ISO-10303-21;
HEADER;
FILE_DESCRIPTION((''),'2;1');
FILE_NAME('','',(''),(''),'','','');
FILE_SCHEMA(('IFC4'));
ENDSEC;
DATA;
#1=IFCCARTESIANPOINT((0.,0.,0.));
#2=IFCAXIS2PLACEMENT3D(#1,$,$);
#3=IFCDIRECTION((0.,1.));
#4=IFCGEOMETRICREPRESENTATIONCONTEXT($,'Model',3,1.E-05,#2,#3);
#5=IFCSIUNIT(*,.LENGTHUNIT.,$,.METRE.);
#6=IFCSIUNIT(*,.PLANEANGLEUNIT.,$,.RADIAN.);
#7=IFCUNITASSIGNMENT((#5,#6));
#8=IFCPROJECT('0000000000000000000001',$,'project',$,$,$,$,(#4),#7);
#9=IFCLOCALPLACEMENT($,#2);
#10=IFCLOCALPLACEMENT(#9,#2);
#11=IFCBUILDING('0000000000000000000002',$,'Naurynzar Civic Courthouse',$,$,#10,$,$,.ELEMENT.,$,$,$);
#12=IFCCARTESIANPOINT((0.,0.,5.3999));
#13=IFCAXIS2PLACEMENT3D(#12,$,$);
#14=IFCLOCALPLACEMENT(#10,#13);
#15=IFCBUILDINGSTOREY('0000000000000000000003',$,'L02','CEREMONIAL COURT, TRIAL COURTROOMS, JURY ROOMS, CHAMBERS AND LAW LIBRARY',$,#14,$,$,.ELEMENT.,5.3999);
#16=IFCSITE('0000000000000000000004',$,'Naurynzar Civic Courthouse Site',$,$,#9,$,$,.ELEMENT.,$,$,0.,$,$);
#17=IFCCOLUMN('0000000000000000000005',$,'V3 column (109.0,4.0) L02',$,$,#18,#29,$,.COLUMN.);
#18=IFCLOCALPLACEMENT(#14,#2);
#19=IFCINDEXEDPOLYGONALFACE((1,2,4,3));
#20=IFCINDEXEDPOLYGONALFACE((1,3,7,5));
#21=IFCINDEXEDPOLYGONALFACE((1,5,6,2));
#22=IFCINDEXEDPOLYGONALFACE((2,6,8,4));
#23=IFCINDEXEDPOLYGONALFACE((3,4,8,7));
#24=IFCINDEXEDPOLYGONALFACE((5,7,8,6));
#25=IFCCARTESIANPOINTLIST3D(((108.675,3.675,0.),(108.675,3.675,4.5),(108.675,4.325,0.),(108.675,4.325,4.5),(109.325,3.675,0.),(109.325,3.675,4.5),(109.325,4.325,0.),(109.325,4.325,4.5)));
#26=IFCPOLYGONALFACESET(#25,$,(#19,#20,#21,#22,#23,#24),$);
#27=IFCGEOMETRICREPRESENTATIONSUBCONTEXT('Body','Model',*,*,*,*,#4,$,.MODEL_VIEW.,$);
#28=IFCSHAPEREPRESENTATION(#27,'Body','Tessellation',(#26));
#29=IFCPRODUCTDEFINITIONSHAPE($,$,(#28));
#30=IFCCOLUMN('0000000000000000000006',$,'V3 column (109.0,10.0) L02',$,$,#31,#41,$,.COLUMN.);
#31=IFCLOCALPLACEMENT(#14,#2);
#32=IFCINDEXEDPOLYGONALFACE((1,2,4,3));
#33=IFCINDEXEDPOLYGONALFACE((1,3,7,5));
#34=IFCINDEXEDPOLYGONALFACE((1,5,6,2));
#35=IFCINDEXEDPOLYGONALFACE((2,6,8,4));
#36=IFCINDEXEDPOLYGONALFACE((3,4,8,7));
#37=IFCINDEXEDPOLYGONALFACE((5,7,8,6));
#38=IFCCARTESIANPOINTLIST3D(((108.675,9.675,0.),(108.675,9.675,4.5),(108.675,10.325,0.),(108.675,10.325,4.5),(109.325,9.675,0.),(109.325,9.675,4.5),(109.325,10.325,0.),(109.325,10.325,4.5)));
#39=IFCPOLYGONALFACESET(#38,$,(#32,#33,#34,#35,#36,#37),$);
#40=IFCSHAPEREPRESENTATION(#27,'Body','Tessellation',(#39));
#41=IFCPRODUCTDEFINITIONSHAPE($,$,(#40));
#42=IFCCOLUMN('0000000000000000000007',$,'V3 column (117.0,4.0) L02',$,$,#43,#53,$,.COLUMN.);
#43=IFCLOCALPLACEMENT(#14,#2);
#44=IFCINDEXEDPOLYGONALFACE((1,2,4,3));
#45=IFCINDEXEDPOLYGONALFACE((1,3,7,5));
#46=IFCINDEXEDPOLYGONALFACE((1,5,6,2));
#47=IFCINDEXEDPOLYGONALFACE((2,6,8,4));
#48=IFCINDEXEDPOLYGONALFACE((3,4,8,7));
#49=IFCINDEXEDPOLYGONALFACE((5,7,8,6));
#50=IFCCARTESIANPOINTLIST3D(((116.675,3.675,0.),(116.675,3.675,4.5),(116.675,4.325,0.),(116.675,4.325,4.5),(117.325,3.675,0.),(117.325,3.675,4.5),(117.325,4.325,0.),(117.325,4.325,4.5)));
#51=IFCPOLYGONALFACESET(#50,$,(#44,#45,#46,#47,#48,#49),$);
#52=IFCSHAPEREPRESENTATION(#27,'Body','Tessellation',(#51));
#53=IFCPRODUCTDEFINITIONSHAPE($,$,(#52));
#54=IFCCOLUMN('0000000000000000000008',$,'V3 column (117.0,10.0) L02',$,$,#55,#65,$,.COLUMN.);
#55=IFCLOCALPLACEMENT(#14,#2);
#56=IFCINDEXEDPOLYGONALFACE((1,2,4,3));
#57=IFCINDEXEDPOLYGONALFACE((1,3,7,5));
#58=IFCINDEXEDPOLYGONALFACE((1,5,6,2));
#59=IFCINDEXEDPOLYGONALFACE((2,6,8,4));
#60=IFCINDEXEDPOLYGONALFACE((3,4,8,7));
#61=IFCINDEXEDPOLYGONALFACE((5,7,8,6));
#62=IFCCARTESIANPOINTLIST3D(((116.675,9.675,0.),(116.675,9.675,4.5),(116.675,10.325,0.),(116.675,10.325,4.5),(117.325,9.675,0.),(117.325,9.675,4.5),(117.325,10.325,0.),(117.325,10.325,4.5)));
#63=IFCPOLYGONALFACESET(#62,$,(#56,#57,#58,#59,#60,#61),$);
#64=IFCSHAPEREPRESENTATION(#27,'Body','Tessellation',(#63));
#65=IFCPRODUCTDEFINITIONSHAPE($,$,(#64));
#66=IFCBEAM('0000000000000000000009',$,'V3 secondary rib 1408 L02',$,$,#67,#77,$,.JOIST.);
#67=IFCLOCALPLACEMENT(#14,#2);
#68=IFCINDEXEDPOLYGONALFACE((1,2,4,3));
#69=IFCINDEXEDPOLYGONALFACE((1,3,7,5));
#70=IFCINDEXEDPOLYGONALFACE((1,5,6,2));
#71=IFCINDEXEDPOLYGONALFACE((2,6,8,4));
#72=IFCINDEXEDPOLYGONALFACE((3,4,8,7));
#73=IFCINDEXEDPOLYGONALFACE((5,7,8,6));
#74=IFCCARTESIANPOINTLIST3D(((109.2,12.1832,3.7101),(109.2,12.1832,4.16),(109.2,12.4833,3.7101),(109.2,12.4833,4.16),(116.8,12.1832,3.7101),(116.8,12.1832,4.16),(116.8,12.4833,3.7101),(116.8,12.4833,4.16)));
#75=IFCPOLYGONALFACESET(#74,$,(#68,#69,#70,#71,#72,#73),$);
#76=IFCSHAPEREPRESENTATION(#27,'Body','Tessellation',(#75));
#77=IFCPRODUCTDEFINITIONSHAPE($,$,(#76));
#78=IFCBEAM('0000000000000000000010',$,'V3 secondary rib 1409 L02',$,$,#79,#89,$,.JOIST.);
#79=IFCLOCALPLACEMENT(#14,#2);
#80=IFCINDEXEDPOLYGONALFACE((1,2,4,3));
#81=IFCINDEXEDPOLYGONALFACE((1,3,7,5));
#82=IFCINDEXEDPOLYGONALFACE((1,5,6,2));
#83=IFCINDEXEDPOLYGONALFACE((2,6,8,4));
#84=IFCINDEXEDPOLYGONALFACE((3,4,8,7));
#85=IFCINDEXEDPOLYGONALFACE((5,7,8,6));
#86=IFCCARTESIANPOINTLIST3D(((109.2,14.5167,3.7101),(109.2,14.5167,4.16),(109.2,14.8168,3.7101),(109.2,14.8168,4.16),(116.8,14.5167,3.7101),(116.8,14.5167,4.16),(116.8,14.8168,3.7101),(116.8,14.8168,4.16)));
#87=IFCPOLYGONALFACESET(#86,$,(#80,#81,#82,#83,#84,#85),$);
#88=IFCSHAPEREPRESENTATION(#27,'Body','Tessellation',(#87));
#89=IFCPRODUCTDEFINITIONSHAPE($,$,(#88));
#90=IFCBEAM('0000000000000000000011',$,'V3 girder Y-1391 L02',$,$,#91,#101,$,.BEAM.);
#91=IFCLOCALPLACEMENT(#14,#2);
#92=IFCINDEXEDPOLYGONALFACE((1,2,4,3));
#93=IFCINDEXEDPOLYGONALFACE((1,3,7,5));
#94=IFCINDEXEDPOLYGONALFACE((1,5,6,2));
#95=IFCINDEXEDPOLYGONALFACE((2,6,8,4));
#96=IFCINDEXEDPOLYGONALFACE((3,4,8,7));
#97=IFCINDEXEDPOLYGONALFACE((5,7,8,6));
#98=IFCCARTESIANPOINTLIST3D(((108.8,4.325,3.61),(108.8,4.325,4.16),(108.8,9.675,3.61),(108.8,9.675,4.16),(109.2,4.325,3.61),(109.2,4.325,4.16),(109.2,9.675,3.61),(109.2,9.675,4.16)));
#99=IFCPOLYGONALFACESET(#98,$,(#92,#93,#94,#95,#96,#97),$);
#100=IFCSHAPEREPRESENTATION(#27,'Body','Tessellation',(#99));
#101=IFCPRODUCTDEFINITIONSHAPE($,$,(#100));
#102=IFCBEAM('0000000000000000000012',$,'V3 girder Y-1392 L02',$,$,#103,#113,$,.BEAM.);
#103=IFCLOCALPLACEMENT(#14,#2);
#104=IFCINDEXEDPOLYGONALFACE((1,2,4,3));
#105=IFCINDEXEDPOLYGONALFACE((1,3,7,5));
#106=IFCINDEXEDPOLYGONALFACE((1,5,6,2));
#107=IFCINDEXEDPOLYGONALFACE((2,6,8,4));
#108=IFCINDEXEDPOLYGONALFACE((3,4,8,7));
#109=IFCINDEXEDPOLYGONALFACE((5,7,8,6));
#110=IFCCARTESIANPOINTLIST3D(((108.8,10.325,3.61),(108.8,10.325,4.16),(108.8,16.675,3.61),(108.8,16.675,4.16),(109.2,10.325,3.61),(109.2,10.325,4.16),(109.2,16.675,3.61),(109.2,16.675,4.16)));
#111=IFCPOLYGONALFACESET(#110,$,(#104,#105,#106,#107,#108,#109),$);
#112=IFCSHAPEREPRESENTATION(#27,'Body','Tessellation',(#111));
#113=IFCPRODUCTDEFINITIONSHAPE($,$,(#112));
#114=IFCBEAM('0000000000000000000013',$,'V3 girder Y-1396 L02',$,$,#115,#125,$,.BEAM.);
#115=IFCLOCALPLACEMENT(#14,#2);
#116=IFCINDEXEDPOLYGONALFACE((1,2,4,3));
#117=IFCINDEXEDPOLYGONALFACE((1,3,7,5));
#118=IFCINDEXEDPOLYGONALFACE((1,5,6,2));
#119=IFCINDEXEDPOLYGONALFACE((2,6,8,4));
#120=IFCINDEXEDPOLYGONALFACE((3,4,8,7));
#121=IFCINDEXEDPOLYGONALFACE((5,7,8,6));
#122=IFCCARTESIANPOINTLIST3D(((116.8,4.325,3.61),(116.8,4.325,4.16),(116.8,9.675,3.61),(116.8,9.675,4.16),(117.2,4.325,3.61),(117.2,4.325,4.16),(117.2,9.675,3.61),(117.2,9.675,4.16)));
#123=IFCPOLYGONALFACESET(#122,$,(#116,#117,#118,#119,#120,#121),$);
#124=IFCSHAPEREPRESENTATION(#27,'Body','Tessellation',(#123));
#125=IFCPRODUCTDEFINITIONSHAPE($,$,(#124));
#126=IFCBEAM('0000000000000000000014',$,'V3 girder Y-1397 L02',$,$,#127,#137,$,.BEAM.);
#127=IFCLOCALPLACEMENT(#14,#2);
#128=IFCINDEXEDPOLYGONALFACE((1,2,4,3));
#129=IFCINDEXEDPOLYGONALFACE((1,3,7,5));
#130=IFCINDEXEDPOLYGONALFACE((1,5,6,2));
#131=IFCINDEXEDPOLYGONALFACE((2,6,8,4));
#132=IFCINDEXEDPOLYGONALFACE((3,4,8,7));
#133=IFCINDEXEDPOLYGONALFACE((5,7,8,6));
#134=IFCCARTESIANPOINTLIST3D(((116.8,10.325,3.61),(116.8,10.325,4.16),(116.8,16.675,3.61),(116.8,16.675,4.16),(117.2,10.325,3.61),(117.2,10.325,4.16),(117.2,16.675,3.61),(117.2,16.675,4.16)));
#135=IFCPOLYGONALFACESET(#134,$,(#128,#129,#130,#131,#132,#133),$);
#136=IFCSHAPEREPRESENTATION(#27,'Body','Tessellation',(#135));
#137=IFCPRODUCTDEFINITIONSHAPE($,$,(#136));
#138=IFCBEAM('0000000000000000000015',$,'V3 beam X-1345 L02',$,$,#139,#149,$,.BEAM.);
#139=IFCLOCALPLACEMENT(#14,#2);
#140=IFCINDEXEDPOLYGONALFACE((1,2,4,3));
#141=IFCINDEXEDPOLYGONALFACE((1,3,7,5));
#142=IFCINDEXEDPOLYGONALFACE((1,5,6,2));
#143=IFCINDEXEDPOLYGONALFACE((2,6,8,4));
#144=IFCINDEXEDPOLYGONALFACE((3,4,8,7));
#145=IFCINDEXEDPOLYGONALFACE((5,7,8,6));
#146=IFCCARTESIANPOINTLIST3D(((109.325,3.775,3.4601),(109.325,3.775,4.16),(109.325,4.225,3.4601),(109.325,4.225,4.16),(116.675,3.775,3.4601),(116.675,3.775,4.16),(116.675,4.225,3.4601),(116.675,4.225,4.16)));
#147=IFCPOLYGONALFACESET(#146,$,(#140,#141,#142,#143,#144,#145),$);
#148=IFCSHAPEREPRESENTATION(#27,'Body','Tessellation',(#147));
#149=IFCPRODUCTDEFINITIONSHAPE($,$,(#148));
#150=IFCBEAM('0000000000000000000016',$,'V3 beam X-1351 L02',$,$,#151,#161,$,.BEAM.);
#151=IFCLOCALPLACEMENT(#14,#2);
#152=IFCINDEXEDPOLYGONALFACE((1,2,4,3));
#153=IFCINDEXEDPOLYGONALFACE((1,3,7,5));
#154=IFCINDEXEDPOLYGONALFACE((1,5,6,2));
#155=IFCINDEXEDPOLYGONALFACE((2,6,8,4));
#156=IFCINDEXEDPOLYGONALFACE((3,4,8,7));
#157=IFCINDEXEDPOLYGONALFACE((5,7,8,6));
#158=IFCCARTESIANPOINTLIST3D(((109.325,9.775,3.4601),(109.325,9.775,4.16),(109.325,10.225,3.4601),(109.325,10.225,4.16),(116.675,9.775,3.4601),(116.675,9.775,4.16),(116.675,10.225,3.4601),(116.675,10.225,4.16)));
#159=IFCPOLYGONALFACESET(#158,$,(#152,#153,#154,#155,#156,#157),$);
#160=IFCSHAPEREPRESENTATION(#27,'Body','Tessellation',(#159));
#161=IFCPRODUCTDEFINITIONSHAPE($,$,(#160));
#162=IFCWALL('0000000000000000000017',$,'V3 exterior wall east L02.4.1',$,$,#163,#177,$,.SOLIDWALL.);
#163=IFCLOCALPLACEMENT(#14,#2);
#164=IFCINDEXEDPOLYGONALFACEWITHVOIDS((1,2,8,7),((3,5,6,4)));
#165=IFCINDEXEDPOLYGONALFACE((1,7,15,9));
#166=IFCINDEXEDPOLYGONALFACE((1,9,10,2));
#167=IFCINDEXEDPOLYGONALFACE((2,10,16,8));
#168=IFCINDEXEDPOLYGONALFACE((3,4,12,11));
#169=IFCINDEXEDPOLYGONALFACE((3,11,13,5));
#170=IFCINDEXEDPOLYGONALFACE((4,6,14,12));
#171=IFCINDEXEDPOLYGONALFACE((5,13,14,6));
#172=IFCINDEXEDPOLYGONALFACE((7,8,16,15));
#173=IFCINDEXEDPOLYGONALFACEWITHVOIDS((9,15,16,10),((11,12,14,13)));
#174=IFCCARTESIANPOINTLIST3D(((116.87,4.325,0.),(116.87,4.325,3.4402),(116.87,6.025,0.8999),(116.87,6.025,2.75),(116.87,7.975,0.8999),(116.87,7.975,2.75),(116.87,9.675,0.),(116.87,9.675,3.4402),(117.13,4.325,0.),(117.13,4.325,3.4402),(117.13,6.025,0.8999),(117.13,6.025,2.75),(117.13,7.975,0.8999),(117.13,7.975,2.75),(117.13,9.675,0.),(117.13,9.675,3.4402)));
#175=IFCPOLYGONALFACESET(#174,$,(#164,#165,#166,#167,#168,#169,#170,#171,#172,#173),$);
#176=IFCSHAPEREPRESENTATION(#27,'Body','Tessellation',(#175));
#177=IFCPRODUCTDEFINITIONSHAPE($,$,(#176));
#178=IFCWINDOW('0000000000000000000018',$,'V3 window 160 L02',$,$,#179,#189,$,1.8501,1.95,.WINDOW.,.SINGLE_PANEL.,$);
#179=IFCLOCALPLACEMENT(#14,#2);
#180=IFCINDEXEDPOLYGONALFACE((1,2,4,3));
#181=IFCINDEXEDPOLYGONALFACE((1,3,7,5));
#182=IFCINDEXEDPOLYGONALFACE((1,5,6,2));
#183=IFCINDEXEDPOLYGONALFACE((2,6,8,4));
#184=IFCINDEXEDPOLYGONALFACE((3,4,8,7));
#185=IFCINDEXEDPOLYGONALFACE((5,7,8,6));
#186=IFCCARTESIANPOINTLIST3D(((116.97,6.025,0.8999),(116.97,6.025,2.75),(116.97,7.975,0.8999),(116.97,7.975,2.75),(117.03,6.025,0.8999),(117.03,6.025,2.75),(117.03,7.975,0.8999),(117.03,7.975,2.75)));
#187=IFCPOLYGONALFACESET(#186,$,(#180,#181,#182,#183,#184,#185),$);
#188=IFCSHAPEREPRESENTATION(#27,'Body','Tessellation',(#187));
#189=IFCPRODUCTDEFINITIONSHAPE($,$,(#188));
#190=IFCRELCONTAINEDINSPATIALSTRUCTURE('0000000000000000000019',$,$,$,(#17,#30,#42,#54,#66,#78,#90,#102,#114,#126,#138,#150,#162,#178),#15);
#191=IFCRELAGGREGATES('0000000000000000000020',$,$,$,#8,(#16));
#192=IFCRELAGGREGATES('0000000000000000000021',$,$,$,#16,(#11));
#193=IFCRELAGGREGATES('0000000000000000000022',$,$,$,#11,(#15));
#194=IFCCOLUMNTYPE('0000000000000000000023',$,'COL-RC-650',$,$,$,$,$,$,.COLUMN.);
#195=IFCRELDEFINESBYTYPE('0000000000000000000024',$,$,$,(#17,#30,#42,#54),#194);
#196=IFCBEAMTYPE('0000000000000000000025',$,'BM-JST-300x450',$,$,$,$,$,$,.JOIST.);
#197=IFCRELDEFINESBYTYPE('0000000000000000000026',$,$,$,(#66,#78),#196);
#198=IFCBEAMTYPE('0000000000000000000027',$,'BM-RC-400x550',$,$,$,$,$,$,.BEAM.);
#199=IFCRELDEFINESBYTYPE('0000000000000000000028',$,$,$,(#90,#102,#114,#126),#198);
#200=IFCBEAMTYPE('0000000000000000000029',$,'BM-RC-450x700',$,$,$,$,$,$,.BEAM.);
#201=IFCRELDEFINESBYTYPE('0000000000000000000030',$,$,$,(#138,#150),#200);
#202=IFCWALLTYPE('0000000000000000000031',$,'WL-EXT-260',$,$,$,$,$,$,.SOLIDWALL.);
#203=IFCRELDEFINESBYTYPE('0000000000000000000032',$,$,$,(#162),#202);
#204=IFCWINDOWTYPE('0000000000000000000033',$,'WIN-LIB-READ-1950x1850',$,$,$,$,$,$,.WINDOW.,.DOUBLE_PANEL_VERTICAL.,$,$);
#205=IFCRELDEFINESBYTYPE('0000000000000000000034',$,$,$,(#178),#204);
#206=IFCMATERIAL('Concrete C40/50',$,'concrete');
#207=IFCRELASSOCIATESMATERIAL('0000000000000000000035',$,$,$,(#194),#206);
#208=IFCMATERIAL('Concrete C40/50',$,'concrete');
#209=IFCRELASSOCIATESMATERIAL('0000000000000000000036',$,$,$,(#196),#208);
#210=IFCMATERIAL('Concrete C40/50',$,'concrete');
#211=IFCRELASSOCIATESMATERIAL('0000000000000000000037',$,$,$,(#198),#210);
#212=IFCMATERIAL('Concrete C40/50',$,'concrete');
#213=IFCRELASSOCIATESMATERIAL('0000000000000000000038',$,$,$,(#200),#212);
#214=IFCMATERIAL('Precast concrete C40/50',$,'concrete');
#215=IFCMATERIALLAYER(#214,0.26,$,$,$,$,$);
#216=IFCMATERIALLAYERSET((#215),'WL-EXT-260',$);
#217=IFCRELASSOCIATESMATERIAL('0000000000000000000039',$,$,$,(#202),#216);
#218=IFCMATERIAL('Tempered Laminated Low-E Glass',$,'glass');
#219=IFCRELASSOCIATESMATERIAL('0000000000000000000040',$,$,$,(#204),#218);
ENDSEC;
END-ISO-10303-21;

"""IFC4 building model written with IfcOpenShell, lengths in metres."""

from ifc_helpers import new_model, si_unit, direction, frame, frame_2d, origin, origin_2d, place, context, subcontext, project, spatial, rectangle, extrude, material, layer, layer_set, material_profile, profile_set, type_object, element, fill, save


model = new_model("IFC4")

# Units and contexts
model_context = context("Model", 3, precision=1e-05, world=origin(), true_north=direction((0.0, 1.0)))
body_context = subcontext(model_context, "Body", "Model", "MODEL_VIEW")
ifc_project = project(units=[si_unit("LENGTHUNIT", "METRE"), si_unit("PLANEANGLEUNIT", "RADIAN")], contexts=[model_context])

# Site, building, storey
site_placement = place(None, origin())
site = spatial("IfcSite", under=ifc_project, at=site_placement, Name="Naurynzar Civic Courthouse Site", CompositionType="ELEMENT", RefElevation=0.0)
building_placement = place(site_placement, origin())
building = spatial("IfcBuilding", under=site, at=building_placement, Name="Naurynzar Civic Courthouse", CompositionType="ELEMENT")
storey_placement = place(building_placement, frame((0.0, 0.0, 5.3999)))
storey = spatial("IfcBuildingStorey", under=building, at=storey_placement, Name="L02", Description="CEREMONIAL COURT, TRIAL COURTROOMS, JURY ROOMS, CHAMBERS AND LAW LIBRARY", CompositionType="ELEMENT", Elevation=5.3999)

# Columns
ifc_material_1 = material(Name="Concrete C40/50", Category="concrete")
ifc_material_profile_1 = material_profile(ifc_material_1, rectangle(XDim=0.6499, YDim=0.6499, at=origin_2d()), Name="RC 650x650")
ifc_profile_set_1 = profile_set([ifc_material_profile_1], Name="Concrete C40/50")
column_type = type_object("IfcColumnType", Name="COL-RC-650", PredefinedType="COLUMN", material=ifc_profile_set_1)
for number, where, z_axis, x_axis, name in (
    (1, (109.0, 4.0, 0.0), (0.0, 0.0, 1.0), (1.0, 0.0, 0.0), "V3 column (109.0,4.0) L02"),
    (2, (109.0, 10.0, 0.0), (0.0, 0.0, 1.0), (1.0, 0.0, 0.0), "V3 column (109.0,10.0) L02"),
    (3, (117.0, 4.0, 0.0), (0.0, 0.0, 1.0), (1.0, 0.0, 0.0), "V3 column (117.0,4.0) L02"),
    (4, (117.0, 10.0, 0.0), (0.0, 0.0, 1.0), (1.0, 0.0, 0.0), "V3 column (117.0,10.0) L02"),
):
    element("IfcColumn", number, at=place(storey_placement, frame(where, z_axis=z_axis, x_axis=x_axis)), inside=storey, type_object=column_type, Name=name, PredefinedType="COLUMN", context=body_context, shape_type="SweptSolid", body=[
        extrude(rectangle(XDim=0.6499, YDim=0.6499, at=origin_2d()), origin(), (0.0, 0.0, 1.0), 4.5),
    ])

# Beams
ifc_material_2 = material(Name="Concrete C40/50", Category="concrete")
ifc_material_profile_2 = material_profile(ifc_material_2, rectangle(XDim=0.3, YDim=0.45, at=origin_2d()), Name="RCJ 300x450")
ifc_profile_set_2 = profile_set([ifc_material_profile_2], Name="Concrete C40/50")
beam_type_1 = type_object("IfcBeamType", Name="BM-JST-300x450", PredefinedType="JOIST", material=ifc_profile_set_2)
for number, where, z_axis, x_axis, name in (
    (5, (109.2, 12.3333, 3.9351), (1.0, 0.0, 0.0), (0.0, 1.0, 0.0), "V3 secondary rib 1408 L02"),
    (6, (109.2, 14.6667, 3.9351), (1.0, 0.0, 0.0), (0.0, 1.0, 0.0), "V3 secondary rib 1409 L02"),
):
    element("IfcBeam", number, at=place(storey_placement, frame(where, z_axis=z_axis, x_axis=x_axis)), inside=storey, type_object=beam_type_1, Name=name, PredefinedType="JOIST", context=body_context, shape_type="SweptSolid", body=[
        extrude(rectangle(XDim=0.3, YDim=0.45, at=origin_2d()), origin(), (0.0, 0.0, 1.0), 7.6001),
    ])
ifc_material_3 = material(Name="Concrete C40/50", Category="concrete")
ifc_material_profile_3 = material_profile(ifc_material_3, rectangle(XDim=0.3999, YDim=0.55, at=origin_2d()), Name="RCB 400x550")
ifc_profile_set_3 = profile_set([ifc_material_profile_3], Name="Concrete C40/50")
beam_type_2 = type_object("IfcBeamType", Name="BM-RC-400x550", PredefinedType="BEAM", material=ifc_profile_set_3)
beam_1_placement = place(storey_placement, frame((109.0, 4.325, 3.885), z_axis=(0.0, 1.0, 0.0), x_axis=(-1.0, 0.0, 0.0)))
element("IfcBeam", 7, at=beam_1_placement, inside=storey, type_object=beam_type_2, Name="V3 girder Y-1391 L02", PredefinedType="BEAM", context=body_context, shape_type="SweptSolid", body=[
    extrude(rectangle(XDim=0.3999, YDim=0.55, at=origin_2d()), origin(), (0.0, 0.0, 1.0), 5.3501),
])
beam_2_placement = place(storey_placement, frame((109.0, 10.325, 3.885), z_axis=(0.0, 1.0, 0.0), x_axis=(-1.0, 0.0, 0.0)))
element("IfcBeam", 8, at=beam_2_placement, inside=storey, type_object=beam_type_2, Name="V3 girder Y-1392 L02", PredefinedType="BEAM", context=body_context, shape_type="SweptSolid", body=[
    extrude(rectangle(XDim=0.3999, YDim=0.55, at=origin_2d()), origin(), (0.0, 0.0, 1.0), 6.3501),
])
beam_3_placement = place(storey_placement, frame((117.0, 4.325, 3.885), z_axis=(0.0, 1.0, 0.0), x_axis=(-1.0, 0.0, 0.0)))
element("IfcBeam", 9, at=beam_3_placement, inside=storey, type_object=beam_type_2, Name="V3 girder Y-1396 L02", PredefinedType="BEAM", context=body_context, shape_type="SweptSolid", body=[
    extrude(rectangle(XDim=0.3999, YDim=0.55, at=origin_2d()), origin(), (0.0, 0.0, 1.0), 5.3501),
])
beam_4_placement = place(storey_placement, frame((117.0, 10.325, 3.885), z_axis=(0.0, 1.0, 0.0), x_axis=(-1.0, 0.0, 0.0)))
element("IfcBeam", 10, at=beam_4_placement, inside=storey, type_object=beam_type_2, Name="V3 girder Y-1397 L02", PredefinedType="BEAM", context=body_context, shape_type="SweptSolid", body=[
    extrude(rectangle(XDim=0.3999, YDim=0.55, at=origin_2d()), origin(), (0.0, 0.0, 1.0), 6.3501),
])
ifc_material_4 = material(Name="Concrete C40/50", Category="concrete")
ifc_material_profile_4 = material_profile(ifc_material_4, rectangle(XDim=0.45, YDim=0.7, at=origin_2d()), Name="RCB 450x700")
ifc_profile_set_4 = profile_set([ifc_material_profile_4], Name="Concrete C40/50")
beam_type_3 = type_object("IfcBeamType", Name="BM-RC-450x700", PredefinedType="BEAM", material=ifc_profile_set_4)
for number, where, z_axis, x_axis, name in (
    (11, (109.325, 4.0, 3.8101), (1.0, 0.0, 0.0), (0.0, 1.0, 0.0), "V3 beam X-1345 L02"),
    (12, (109.325, 10.0, 3.8101), (1.0, 0.0, 0.0), (0.0, 1.0, 0.0), "V3 beam X-1351 L02"),
):
    element("IfcBeam", number, at=place(storey_placement, frame(where, z_axis=z_axis, x_axis=x_axis)), inside=storey, type_object=beam_type_3, Name=name, PredefinedType="BEAM", context=body_context, shape_type="SweptSolid", body=[
        extrude(rectangle(XDim=0.45, YDim=0.7, at=origin_2d()), origin(), (0.0, 0.0, 1.0), 7.3501),
    ])

# Wall, opening, window
ifc_material_5 = material(Name="Precast concrete C40/50", Category="concrete")
ifc_layer_1 = layer(ifc_material_5, 0.26)
ifc_layer_set_1 = layer_set([ifc_layer_1], Name="WL-EXT-260")
wall_type_1 = type_object("IfcWallType", Name="WL-EXT-260", PredefinedType="SOLIDWALL", material=ifc_layer_set_1)
wall_1_placement = place(storey_placement, frame((117.0, 9.675, 0.0), z_axis=(0.0, 0.0, 1.0), x_axis=(0.0, -1.0, 0.0)))
wall_1 = element("IfcWall", 13, at=wall_1_placement, inside=storey, type_object=wall_type_1, Name="V3 exterior wall east L02.4.1", PredefinedType="SOLIDWALL", context=body_context, shape_type="SweptSolid", body=[
    extrude(rectangle(XDim=5.3501, YDim=0.26, at=frame_2d((2.675, 0.0))), origin(), (0.0, 0.0, 1.0), 3.4402),
])
opening_1_placement = place(wall_1_placement, frame((1.7, 0.0, 0.8999)))
opening_1 = element("IfcOpeningElement", 14, at=opening_1_placement, cuts=wall_1, PredefinedType="OPENING", context=body_context, shape_type="SweptSolid", body=[
    extrude(rectangle(XDim=1.95, YDim=1.8501, at=frame_2d((0.9751, 0.925))), frame((0.0, 0.1399, 0.0), z_axis=(0.0, -1.0, 0.0), x_axis=(1.0, 0.0, 0.0)), (0.0, 0.0, 1.0), 0.28),
])
ifc_material_6 = material(Name="Tempered Laminated Low-E Glass", Category="glass")
window_type_1 = type_object("IfcWindowType", Name="WIN-LIB-READ-1950x1850", PartitioningType="DOUBLE_PANEL_VERTICAL", PredefinedType="WINDOW", material=ifc_material_6)
window_1_placement = place(opening_1_placement, origin())
window_1 = element("IfcWindow", 15, at=window_1_placement, inside=storey, type_object=window_type_1, Name="V3 window 160 L02", OverallHeight=1.8501, OverallWidth=1.95, PartitioningType="SINGLE_PANEL", PredefinedType="WINDOW", context=body_context, shape_type="SweptSolid", body=[
    extrude(rectangle(XDim=1.95, YDim=1.8501, at=frame_2d((0.9751, 0.925))), frame((0.0, 0.03, 0.0), z_axis=(0.0, -1.0, 0.0), x_axis=(1.0, 0.0, 0.0)), (0.0, 0.0, 1.0), 0.0601),
])
fill(opening_1, window_1)

save(model, "model.ifc")
